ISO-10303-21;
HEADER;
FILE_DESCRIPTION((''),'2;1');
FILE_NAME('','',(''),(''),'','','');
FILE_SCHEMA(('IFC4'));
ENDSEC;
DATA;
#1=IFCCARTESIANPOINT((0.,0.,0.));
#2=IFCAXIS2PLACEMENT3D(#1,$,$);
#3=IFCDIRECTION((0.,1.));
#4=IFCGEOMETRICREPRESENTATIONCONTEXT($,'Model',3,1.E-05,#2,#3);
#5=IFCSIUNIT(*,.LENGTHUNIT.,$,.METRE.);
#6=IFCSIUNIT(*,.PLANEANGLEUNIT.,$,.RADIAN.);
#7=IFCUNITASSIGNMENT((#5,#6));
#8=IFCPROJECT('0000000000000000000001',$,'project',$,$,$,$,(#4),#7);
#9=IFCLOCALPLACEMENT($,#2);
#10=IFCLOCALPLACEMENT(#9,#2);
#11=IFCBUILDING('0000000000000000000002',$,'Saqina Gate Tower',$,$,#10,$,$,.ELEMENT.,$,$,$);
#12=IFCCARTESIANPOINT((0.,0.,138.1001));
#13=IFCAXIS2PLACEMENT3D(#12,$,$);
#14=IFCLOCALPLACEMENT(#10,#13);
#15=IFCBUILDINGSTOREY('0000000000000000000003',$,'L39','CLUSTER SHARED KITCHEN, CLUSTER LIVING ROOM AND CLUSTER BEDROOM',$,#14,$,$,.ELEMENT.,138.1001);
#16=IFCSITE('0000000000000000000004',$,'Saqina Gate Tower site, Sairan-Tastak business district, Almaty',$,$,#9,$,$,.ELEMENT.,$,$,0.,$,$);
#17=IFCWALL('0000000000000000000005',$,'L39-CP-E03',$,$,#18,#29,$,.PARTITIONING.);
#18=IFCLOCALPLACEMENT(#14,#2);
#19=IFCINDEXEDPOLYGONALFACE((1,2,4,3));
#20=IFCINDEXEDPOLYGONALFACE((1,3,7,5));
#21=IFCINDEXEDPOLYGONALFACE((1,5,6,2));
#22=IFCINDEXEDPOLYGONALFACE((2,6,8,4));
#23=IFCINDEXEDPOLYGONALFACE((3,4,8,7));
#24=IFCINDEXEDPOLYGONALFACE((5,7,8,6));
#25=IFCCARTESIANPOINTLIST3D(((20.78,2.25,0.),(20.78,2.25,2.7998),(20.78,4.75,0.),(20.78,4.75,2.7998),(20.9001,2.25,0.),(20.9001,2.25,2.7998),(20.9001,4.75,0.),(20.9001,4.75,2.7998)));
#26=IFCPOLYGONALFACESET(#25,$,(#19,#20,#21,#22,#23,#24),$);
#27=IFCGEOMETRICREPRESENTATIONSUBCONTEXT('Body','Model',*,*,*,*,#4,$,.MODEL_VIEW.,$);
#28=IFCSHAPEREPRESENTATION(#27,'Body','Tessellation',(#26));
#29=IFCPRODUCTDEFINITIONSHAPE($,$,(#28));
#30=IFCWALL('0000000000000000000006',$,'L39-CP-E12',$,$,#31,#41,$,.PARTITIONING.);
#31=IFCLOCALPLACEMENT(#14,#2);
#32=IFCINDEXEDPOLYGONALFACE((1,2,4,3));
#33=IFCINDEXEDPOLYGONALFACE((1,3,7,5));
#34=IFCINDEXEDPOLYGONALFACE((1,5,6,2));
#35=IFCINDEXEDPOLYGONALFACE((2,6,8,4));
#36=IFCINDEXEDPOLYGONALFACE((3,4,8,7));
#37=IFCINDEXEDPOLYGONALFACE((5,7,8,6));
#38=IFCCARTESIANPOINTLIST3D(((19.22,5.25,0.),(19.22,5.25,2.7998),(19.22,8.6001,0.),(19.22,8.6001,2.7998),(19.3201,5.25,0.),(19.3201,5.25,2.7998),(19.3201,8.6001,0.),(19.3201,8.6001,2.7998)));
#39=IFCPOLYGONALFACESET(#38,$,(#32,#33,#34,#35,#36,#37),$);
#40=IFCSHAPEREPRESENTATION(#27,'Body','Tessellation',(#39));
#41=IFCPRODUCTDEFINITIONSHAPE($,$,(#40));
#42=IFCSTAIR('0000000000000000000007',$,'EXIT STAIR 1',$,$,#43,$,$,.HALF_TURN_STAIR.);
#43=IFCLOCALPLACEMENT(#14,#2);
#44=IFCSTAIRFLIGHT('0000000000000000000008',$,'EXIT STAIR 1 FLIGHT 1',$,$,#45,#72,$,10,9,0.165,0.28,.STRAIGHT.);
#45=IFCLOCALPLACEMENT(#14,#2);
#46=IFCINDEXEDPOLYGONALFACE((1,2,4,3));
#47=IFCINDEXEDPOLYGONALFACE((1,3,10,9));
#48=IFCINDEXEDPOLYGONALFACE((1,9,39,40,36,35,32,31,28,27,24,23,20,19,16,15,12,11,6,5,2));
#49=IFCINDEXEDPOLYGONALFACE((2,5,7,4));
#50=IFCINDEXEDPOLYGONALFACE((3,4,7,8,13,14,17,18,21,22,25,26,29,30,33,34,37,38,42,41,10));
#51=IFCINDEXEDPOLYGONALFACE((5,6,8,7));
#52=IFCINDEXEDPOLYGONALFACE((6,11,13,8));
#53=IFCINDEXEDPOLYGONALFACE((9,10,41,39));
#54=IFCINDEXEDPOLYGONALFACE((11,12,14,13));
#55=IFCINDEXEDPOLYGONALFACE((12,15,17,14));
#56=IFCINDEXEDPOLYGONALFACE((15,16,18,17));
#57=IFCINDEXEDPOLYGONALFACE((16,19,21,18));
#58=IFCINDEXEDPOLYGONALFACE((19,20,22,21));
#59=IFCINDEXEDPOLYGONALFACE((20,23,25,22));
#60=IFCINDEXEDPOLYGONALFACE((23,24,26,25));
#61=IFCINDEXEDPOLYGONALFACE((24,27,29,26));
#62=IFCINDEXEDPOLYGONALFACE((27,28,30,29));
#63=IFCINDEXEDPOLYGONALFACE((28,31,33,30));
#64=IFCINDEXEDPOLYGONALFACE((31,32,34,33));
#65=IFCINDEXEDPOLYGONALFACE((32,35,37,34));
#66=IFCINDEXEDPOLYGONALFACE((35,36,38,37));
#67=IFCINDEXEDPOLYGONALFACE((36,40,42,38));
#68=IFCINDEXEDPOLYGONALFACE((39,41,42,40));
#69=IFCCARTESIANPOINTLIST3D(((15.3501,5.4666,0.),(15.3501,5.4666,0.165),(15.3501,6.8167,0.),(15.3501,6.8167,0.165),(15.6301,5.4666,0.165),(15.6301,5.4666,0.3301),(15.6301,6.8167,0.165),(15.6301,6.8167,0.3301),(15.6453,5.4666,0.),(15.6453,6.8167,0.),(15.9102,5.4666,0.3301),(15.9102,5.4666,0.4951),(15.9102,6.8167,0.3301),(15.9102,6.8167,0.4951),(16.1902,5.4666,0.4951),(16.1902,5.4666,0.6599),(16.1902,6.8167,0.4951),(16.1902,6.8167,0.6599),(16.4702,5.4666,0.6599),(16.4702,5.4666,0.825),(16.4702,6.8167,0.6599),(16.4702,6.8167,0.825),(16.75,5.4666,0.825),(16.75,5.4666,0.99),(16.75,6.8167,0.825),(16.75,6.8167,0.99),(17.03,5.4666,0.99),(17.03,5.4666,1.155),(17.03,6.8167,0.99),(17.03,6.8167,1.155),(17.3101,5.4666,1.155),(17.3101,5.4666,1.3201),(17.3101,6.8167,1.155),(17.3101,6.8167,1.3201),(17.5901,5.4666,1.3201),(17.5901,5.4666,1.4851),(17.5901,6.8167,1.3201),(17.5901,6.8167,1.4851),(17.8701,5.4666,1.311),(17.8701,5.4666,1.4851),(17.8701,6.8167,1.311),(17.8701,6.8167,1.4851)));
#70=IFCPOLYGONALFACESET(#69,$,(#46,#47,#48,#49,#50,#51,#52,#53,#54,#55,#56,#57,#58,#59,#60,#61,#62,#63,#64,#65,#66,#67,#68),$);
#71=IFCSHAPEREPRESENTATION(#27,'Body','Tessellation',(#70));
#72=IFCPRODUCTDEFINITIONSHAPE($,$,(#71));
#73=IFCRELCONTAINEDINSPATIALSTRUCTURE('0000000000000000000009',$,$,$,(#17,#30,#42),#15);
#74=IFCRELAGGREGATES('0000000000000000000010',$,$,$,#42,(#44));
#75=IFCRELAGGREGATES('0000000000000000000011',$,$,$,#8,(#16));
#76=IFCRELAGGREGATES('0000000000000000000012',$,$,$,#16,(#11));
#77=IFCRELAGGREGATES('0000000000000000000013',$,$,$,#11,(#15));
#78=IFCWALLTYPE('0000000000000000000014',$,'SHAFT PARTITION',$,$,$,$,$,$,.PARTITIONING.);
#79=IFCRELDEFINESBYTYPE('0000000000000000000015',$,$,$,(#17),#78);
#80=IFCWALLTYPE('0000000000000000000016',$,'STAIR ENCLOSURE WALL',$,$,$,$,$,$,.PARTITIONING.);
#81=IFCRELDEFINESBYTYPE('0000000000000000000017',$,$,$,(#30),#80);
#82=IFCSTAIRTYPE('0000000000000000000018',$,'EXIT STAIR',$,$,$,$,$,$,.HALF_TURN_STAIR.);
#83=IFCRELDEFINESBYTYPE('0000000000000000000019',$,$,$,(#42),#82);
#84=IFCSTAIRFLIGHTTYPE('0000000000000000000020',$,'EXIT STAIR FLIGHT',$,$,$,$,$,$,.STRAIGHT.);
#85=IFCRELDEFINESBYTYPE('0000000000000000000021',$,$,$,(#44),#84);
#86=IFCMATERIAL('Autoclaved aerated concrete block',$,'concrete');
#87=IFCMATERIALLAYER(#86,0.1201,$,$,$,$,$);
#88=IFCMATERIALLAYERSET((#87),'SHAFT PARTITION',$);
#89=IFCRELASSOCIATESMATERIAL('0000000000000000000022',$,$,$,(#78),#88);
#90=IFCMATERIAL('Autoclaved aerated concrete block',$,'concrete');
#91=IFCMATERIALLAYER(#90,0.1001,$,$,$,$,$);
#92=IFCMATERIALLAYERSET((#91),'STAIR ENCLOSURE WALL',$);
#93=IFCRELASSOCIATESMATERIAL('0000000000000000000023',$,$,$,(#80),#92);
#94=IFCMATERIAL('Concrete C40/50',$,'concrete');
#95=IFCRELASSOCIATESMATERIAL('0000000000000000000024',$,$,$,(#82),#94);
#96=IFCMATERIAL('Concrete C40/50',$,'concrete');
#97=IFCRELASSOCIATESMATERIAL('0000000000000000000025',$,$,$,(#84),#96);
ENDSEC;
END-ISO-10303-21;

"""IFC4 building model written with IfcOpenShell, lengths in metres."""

from ifc_helpers import new_model, si_unit, direction, frame, frame_2d, origin, place, context, subcontext, project, spatial, polyline, rectangle, outline, extrude, material, layer, layer_set, type_object, element, aggregate, save


model = new_model("IFC4")

# Units and contexts
model_context = context("Model", 3, precision=1e-05, world=origin(), true_north=direction((0.0, 1.0)))
body_context = subcontext(model_context, "Body", "Model", "MODEL_VIEW")
ifc_project = project(units=[si_unit("LENGTHUNIT", "METRE"), si_unit("PLANEANGLEUNIT", "RADIAN")], contexts=[model_context])

# Site, building, storey
site_placement = place(None, origin())
site = spatial("IfcSite", under=ifc_project, at=site_placement, Name="Saqina Gate Tower site, Sairan-Tastak business district, Almaty", CompositionType="ELEMENT", RefElevation=0.0)
building_placement = place(site_placement, origin())
building = spatial("IfcBuilding", under=site, at=building_placement, Name="Saqina Gate Tower", CompositionType="ELEMENT")
storey_placement = place(building_placement, frame((0.0, 0.0, 138.1001)))
storey = spatial("IfcBuildingStorey", under=building, at=storey_placement, Name="L39", Description="CLUSTER SHARED KITCHEN, CLUSTER LIVING ROOM AND CLUSTER BEDROOM", CompositionType="ELEMENT", Elevation=138.1001)

# Walls
ifc_material_1 = material(Name="Autoclaved aerated concrete block", Category="concrete")
ifc_layer_1 = layer(ifc_material_1, 0.1201)
ifc_layer_set_1 = layer_set([ifc_layer_1], Name="SHAFT PARTITION")
wall_type_1 = type_object("IfcWallType", Name="SHAFT PARTITION", PredefinedType="PARTITIONING", material=ifc_layer_set_1)
for number, where, z_axis, x_axis, name in (
    (1, (20.8401, 2.25, 0.0), (0.0, 0.0, 1.0), (0.0, 1.0, 0.0), "L39-CP-E03"),
):
    element("IfcWall", number, at=place(storey_placement, frame(where, z_axis=z_axis, x_axis=x_axis)), inside=storey, type_object=wall_type_1, Name=name, PredefinedType="PARTITIONING", context=body_context, shape_type="SweptSolid", body=[
        extrude(rectangle(XDim=2.5, YDim=0.1201, at=frame_2d((1.25, 0.0))), origin(), (0.0, 0.0, 1.0), 2.7998),
    ])
ifc_material_2 = material(Name="Autoclaved aerated concrete block", Category="concrete")
ifc_layer_2 = layer(ifc_material_2, 0.1001)
ifc_layer_set_2 = layer_set([ifc_layer_2], Name="STAIR ENCLOSURE WALL")
wall_type_2 = type_object("IfcWallType", Name="STAIR ENCLOSURE WALL", PredefinedType="PARTITIONING", material=ifc_layer_set_2)
wall_1_placement = place(storey_placement, frame((19.27, 5.25, 0.0), z_axis=(0.0, 0.0, 1.0), x_axis=(0.0, 1.0, 0.0)))
element("IfcWall", 2, at=wall_1_placement, inside=storey, type_object=wall_type_2, Name="L39-CP-E12", PredefinedType="PARTITIONING", context=body_context, shape_type="SweptSolid", body=[
    extrude(rectangle(XDim=3.3501, YDim=0.1001, at=frame_2d((1.675, 0.0))), origin(), (0.0, 0.0, 1.0), 2.7998),
])

# Stair, stair flight
ifc_material_3 = material(Name="Concrete C40/50", Category="concrete")
stair_type = type_object("IfcStairType", Name="EXIT STAIR", PredefinedType="HALF_TURN_STAIR", material=ifc_material_3)
stair_placement = place(storey_placement, origin())
stair = element("IfcStair", 3, at=stair_placement, inside=storey, type_object=stair_type, Name="EXIT STAIR 1", PredefinedType="HALF_TURN_STAIR")
ifc_material_4 = material(Name="Concrete C40/50", Category="concrete")
stair_flight_type = type_object("IfcStairFlightType", Name="EXIT STAIR FLIGHT", PredefinedType="STRAIGHT", material=ifc_material_4)
stair_flight_placement = place(storey_placement, frame((15.3501, 6.1416, 0.0), z_axis=(0.0, 0.0, 1.0), x_axis=(1.0, 0.0, 0.0)))
stair_flight = element("IfcStairFlight", 4, at=stair_flight_placement, type_object=stair_flight_type, Name="EXIT STAIR 1 FLIGHT 1", NumberOfRisers=10, NumberOfTreads=9, PredefinedType="STRAIGHT", RiserHeight=0.165, TreadLength=0.28, context=body_context, shape_type="SweptSolid", body=[
    extrude(outline(polyline([(0.0, 0.0), (0.0, 0.165), (0.28, 0.165), (0.28, 0.3301), (0.5601, 0.3301), (0.5601, 0.4951), (0.8401, 0.4951), (0.8401, 0.6599), (1.1201, 0.6599), (1.1201, 0.825), (1.3999, 0.825), (1.3999, 0.99), (1.6799, 0.99), (1.6799, 1.155), (1.96, 1.155), (1.96, 1.3201), (2.24, 1.3201), (2.24, 1.4851), (2.52, 1.4851), (2.52, 1.6499), (2.52, 1.311), (0.2952, 0.0), (0.0, 0.0)])), frame((0.0, 0.675, 0.0), z_axis=(0.0, -1.0, 0.0), x_axis=(1.0, 0.0, 0.0)), (0.0, 0.0, 1.0), 1.3501),
])
aggregate(stair, [stair_flight])

save(model, "model.ifc")
